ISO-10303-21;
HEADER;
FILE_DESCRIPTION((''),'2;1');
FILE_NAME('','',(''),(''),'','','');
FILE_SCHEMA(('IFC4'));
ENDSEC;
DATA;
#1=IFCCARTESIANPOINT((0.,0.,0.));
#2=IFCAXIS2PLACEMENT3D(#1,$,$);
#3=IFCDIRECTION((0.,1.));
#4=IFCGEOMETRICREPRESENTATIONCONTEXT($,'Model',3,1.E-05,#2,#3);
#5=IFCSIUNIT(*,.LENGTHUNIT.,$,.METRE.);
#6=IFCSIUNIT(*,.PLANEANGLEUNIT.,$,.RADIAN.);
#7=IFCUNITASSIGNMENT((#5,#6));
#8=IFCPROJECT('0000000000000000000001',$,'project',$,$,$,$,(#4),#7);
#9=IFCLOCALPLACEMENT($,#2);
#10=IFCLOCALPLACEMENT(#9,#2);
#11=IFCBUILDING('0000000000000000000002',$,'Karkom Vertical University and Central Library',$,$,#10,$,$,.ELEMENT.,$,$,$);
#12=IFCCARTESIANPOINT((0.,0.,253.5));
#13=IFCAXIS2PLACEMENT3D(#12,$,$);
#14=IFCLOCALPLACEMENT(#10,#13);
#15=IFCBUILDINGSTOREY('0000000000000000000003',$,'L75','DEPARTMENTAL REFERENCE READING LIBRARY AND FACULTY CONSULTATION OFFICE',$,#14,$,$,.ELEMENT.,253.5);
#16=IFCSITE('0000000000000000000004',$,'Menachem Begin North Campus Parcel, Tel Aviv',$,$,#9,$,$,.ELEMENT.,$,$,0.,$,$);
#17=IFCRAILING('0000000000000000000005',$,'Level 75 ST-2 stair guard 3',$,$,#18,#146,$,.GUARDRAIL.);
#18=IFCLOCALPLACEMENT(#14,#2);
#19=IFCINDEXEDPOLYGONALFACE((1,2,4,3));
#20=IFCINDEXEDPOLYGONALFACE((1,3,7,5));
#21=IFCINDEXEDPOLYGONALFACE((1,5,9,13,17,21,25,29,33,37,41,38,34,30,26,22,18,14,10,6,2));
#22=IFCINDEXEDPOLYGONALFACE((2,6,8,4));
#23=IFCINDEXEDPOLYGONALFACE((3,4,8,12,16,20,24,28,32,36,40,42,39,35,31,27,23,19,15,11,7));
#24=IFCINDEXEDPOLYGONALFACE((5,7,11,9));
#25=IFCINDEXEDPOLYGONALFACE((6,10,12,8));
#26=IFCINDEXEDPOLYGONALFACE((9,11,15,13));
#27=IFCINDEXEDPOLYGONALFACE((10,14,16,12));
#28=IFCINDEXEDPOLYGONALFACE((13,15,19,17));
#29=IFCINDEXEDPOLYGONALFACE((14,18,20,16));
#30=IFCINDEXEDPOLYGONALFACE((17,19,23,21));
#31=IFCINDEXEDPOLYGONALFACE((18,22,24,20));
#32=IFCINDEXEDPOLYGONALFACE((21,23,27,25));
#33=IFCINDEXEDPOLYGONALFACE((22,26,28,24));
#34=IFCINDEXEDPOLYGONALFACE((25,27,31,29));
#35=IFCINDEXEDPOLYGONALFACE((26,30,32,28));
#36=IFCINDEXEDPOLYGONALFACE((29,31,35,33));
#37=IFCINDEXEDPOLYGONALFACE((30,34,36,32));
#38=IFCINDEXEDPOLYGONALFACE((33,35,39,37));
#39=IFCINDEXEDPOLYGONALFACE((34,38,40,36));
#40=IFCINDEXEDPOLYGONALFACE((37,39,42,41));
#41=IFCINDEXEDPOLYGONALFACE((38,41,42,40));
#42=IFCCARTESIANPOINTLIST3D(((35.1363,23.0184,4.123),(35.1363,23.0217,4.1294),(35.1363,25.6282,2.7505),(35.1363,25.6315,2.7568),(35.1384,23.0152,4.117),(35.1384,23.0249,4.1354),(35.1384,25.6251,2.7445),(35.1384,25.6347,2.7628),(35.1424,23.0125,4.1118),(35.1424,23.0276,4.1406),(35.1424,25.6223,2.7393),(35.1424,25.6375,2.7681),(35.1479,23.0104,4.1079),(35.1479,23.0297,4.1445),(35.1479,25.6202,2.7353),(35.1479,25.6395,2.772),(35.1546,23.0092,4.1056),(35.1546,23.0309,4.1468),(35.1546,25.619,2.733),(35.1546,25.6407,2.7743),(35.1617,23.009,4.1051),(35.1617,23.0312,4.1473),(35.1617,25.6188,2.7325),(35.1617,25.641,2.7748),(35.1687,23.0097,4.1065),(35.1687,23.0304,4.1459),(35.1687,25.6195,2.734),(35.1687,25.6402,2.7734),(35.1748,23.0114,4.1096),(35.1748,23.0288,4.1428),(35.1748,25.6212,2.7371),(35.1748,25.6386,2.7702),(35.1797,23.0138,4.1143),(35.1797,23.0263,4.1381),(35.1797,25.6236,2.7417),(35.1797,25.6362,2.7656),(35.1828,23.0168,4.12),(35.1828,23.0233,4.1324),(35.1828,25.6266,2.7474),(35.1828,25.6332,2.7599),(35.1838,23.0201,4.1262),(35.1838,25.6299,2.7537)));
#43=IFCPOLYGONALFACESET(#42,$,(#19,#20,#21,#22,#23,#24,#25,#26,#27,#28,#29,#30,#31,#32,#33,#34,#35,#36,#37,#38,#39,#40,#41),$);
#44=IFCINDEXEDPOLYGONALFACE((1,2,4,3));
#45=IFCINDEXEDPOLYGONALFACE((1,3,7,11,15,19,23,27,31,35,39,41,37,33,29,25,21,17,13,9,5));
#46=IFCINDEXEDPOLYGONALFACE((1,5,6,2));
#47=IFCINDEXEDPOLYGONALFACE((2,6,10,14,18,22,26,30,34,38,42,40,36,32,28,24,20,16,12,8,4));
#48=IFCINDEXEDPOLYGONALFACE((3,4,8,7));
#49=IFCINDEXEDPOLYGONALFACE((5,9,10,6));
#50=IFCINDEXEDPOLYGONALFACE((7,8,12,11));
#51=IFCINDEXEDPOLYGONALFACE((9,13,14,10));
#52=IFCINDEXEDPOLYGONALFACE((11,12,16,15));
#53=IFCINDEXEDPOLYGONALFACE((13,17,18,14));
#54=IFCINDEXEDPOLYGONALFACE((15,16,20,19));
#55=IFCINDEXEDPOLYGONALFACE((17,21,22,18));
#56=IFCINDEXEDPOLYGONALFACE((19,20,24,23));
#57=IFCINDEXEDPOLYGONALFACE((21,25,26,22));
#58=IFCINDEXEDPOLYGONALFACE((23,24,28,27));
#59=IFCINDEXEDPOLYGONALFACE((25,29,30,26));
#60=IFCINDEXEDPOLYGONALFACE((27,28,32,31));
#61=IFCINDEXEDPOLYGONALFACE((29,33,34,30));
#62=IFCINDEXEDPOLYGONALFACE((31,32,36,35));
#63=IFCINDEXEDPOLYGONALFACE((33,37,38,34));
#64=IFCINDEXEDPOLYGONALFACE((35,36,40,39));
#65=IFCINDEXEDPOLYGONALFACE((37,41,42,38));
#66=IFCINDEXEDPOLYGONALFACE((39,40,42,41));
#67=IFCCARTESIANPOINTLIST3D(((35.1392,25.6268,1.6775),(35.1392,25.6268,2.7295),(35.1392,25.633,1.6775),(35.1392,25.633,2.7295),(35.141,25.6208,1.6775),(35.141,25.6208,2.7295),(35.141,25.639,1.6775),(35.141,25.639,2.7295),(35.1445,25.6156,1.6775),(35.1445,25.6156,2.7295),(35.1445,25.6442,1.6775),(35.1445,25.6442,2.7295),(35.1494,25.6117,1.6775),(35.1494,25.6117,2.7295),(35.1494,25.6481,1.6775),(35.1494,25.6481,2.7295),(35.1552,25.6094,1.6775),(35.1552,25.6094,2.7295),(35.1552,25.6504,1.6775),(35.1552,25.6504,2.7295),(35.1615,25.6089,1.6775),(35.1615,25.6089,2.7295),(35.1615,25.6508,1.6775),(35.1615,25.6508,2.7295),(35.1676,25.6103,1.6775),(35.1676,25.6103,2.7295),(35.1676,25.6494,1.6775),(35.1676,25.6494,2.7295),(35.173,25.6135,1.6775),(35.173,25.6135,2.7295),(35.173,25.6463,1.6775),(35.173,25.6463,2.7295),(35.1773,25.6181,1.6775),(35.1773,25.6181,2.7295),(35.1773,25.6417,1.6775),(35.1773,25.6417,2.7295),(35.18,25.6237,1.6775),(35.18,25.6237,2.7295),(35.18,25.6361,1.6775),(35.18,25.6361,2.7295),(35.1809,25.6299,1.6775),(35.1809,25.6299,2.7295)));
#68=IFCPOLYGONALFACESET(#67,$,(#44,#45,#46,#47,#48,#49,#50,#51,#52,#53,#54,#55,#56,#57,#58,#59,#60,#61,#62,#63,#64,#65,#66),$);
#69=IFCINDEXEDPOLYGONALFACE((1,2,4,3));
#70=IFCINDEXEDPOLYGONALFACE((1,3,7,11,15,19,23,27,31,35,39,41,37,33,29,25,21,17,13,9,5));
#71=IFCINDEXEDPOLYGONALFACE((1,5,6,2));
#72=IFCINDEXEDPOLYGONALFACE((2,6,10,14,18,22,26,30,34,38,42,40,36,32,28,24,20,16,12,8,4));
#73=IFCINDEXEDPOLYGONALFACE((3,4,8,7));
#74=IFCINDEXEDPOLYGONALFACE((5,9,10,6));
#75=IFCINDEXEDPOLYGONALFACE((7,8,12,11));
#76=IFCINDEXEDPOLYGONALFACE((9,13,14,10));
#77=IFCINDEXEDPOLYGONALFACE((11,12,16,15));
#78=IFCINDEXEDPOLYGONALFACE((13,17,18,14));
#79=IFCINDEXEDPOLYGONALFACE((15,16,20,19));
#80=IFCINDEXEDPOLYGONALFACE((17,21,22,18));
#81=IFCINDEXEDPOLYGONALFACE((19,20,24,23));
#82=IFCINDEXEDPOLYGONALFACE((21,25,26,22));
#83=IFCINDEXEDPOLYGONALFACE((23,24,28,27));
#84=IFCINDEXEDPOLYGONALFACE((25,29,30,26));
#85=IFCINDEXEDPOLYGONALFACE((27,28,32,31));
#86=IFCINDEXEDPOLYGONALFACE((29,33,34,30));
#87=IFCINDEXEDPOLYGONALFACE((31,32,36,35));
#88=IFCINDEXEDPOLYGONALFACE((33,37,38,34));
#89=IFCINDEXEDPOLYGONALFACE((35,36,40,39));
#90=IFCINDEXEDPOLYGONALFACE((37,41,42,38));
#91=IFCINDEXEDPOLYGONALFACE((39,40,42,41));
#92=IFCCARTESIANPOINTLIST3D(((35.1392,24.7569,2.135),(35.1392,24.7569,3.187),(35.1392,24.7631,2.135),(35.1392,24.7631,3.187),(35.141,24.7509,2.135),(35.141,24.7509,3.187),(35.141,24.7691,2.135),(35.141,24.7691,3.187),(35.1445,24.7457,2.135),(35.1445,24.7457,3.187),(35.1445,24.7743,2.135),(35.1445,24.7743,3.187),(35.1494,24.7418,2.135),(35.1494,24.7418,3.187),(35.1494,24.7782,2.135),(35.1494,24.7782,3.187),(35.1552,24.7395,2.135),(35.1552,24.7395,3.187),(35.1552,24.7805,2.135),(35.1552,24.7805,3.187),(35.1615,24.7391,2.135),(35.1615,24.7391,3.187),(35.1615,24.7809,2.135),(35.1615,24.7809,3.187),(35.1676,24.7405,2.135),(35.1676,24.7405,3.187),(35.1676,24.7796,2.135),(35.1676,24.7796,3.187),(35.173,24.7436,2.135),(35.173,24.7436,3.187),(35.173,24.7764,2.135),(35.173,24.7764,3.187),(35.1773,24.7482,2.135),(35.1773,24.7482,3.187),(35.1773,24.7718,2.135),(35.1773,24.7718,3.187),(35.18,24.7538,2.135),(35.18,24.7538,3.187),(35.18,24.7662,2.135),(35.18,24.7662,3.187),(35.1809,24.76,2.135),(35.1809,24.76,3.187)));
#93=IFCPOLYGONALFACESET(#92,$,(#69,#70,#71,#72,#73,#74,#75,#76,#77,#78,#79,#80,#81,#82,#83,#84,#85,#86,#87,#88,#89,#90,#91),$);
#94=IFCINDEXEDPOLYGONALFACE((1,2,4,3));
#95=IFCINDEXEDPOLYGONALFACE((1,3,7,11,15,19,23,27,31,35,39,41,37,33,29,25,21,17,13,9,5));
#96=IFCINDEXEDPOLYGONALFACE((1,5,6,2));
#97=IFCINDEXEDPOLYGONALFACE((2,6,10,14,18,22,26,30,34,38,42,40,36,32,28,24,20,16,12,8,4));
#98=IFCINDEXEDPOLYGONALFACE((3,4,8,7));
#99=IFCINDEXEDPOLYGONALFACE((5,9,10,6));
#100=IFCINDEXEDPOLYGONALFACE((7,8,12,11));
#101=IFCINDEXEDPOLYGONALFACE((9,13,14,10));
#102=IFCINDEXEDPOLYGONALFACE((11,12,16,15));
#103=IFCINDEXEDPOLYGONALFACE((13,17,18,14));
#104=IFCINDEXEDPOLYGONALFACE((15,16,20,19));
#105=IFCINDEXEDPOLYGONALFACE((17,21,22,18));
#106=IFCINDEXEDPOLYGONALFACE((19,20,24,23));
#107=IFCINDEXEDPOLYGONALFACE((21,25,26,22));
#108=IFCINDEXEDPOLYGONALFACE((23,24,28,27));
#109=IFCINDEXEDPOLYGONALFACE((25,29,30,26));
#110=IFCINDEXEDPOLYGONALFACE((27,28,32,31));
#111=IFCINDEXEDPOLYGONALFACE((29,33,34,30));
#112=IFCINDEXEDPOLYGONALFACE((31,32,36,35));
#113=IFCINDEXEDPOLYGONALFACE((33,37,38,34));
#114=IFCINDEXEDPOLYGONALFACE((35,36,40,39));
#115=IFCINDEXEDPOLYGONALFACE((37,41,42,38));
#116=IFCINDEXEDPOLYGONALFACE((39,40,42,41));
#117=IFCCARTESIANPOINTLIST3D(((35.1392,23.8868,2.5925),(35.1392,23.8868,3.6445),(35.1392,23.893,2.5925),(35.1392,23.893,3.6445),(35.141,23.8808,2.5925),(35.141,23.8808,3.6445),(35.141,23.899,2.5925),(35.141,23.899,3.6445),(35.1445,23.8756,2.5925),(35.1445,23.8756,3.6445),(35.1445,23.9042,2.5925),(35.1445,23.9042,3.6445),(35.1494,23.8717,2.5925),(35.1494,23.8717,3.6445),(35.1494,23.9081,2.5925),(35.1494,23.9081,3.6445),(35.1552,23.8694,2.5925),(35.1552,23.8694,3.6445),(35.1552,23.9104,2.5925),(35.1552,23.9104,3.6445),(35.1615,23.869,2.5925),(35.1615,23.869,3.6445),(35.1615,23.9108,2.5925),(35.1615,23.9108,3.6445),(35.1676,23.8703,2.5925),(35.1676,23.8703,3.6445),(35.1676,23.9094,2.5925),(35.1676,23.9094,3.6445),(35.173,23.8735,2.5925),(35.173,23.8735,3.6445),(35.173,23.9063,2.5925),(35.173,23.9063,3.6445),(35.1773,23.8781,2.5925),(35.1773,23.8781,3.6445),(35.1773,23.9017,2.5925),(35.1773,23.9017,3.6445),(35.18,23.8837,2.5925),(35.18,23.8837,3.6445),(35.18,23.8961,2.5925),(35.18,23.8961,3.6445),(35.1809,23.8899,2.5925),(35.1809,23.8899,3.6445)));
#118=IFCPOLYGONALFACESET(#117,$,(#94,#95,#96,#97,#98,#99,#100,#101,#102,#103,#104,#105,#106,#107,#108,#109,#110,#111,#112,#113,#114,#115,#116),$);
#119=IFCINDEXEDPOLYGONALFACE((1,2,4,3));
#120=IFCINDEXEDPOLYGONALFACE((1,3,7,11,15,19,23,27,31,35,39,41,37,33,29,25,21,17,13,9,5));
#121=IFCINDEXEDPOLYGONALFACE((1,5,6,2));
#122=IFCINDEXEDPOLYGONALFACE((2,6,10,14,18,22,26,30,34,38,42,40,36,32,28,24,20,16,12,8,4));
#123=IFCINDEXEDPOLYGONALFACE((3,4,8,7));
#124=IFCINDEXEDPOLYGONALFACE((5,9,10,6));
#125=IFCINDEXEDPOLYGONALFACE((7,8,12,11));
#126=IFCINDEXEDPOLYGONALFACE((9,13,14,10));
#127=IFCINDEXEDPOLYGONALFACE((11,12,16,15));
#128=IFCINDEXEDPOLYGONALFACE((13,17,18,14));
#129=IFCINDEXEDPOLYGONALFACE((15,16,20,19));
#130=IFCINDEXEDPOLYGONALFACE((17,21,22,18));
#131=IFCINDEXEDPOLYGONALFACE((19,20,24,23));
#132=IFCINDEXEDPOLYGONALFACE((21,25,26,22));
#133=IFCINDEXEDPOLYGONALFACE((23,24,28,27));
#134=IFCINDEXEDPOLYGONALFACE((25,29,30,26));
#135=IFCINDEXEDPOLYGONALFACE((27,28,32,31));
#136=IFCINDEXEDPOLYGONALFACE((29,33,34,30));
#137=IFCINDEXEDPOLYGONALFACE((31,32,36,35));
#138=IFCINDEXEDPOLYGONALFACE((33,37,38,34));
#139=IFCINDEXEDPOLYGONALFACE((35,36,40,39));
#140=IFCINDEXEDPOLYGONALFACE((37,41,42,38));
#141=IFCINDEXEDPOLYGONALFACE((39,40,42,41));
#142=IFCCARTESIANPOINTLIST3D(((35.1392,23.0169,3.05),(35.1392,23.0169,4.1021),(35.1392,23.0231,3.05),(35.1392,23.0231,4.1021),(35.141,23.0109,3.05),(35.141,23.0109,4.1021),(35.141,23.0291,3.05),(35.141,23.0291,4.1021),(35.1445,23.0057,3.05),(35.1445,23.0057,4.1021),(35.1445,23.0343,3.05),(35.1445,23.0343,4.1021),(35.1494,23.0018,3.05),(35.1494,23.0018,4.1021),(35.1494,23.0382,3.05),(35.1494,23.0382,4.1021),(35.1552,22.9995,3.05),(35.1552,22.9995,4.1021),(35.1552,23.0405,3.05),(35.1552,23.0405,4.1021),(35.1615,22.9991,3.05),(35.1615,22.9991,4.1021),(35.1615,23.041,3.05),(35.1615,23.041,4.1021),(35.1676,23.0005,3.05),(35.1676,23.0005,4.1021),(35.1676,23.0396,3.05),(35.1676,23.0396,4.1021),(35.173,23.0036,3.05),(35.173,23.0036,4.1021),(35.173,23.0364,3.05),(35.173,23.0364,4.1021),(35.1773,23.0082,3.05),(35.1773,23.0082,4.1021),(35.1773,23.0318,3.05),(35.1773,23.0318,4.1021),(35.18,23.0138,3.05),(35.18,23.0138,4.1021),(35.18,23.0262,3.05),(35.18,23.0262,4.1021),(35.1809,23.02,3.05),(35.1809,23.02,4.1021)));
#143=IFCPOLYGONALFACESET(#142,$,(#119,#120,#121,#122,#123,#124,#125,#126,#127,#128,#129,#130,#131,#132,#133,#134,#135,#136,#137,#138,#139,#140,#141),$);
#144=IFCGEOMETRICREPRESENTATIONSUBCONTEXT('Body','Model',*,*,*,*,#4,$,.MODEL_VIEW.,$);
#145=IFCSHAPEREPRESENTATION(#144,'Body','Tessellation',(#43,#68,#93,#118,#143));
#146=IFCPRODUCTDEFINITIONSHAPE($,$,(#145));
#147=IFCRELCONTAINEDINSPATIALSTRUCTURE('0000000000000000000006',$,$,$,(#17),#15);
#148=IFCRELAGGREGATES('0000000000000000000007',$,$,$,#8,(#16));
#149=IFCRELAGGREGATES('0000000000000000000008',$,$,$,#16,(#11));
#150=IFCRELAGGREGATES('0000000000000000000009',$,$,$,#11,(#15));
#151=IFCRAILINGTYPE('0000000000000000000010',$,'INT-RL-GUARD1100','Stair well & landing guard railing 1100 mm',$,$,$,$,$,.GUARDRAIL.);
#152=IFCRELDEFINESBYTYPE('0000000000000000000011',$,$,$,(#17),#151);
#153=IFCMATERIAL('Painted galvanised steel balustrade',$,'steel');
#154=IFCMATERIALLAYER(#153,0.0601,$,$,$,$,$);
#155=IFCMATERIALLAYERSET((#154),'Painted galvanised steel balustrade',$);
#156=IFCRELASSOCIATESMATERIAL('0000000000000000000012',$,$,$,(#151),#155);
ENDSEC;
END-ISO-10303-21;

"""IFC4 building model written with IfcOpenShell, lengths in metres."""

from ifc_helpers import new_model, si_unit, direction, frame, origin, origin_2d, place, context, subcontext, project, spatial, circle, extrude, material, layer, layer_set, type_object, element, save


model = new_model("IFC4")

# Units and contexts
model_context = context("Model", 3, precision=1e-05, world=origin(), true_north=direction((0.0, 1.0)))
body_context = subcontext(model_context, "Body", "Model", "MODEL_VIEW")
ifc_project = project(units=[si_unit("LENGTHUNIT", "METRE"), si_unit("PLANEANGLEUNIT", "RADIAN")], contexts=[model_context])

# Site, building, storey
site_placement = place(None, origin())
site = spatial("IfcSite", under=ifc_project, at=site_placement, Name="Menachem Begin North Campus Parcel, Tel Aviv", CompositionType="ELEMENT", RefElevation=0.0)
building_placement = place(site_placement, origin())
building = spatial("IfcBuilding", under=site, at=building_placement, Name="Karkom Vertical University and Central Library", CompositionType="ELEMENT")
storey_placement = place(building_placement, frame((0.0, 0.0, 253.5)))
storey = spatial("IfcBuildingStorey", under=building, at=storey_placement, Name="L75", Description="DEPARTMENTAL REFERENCE READING LIBRARY AND FACULTY CONSULTATION OFFICE", CompositionType="ELEMENT", Elevation=253.5)

# Railing
ifc_material_1 = material(Name="Painted galvanised steel balustrade", Category="steel")
ifc_layer_1 = layer(ifc_material_1, 0.0601)
ifc_layer_set_1 = layer_set([ifc_layer_1], Name="Painted galvanised steel balustrade")
railing_type_1 = type_object("IfcRailingType", Name="INT-RL-GUARD1100", Description="Stair well & landing guard railing 1100 mm", PredefinedType="GUARDRAIL", material=ifc_layer_set_1)
railing_1_placement = place(storey_placement, frame((35.1599, 25.6299, 1.6775)))
element("IfcRailing", 1, at=railing_1_placement, inside=storey, type_object=railing_type_1, Name="Level 75 ST-2 stair guard 3", PredefinedType="GUARDRAIL", context=body_context, shape_type="SweptSolid", body=[
    extrude(circle(Radius=0.0239, at=origin_2d()), frame((0.0, 0.0, 1.0762), z_axis=(0.0, -0.885065, 0.465467), x_axis=(1.0, 0.0, 0.0)), (0.0, 0.0, 1.0), 2.9487),
    extrude(circle(Radius=0.021, at=origin_2d()), origin(), (0.0, 0.0, 1.0), 1.052),
    extrude(circle(Radius=0.021, at=origin_2d()), frame((0.0, -0.8699, 0.4575)), (0.0, 0.0, 1.0), 1.052),
    extrude(circle(Radius=0.021, at=origin_2d()), frame((0.0, -1.74, 0.915)), (0.0, 0.0, 1.0), 1.052),
    extrude(circle(Radius=0.021, at=origin_2d()), frame((0.0, -2.6099, 1.3726)), (0.0, 0.0, 1.0), 1.052),
])

save(model, "model.ifc")
